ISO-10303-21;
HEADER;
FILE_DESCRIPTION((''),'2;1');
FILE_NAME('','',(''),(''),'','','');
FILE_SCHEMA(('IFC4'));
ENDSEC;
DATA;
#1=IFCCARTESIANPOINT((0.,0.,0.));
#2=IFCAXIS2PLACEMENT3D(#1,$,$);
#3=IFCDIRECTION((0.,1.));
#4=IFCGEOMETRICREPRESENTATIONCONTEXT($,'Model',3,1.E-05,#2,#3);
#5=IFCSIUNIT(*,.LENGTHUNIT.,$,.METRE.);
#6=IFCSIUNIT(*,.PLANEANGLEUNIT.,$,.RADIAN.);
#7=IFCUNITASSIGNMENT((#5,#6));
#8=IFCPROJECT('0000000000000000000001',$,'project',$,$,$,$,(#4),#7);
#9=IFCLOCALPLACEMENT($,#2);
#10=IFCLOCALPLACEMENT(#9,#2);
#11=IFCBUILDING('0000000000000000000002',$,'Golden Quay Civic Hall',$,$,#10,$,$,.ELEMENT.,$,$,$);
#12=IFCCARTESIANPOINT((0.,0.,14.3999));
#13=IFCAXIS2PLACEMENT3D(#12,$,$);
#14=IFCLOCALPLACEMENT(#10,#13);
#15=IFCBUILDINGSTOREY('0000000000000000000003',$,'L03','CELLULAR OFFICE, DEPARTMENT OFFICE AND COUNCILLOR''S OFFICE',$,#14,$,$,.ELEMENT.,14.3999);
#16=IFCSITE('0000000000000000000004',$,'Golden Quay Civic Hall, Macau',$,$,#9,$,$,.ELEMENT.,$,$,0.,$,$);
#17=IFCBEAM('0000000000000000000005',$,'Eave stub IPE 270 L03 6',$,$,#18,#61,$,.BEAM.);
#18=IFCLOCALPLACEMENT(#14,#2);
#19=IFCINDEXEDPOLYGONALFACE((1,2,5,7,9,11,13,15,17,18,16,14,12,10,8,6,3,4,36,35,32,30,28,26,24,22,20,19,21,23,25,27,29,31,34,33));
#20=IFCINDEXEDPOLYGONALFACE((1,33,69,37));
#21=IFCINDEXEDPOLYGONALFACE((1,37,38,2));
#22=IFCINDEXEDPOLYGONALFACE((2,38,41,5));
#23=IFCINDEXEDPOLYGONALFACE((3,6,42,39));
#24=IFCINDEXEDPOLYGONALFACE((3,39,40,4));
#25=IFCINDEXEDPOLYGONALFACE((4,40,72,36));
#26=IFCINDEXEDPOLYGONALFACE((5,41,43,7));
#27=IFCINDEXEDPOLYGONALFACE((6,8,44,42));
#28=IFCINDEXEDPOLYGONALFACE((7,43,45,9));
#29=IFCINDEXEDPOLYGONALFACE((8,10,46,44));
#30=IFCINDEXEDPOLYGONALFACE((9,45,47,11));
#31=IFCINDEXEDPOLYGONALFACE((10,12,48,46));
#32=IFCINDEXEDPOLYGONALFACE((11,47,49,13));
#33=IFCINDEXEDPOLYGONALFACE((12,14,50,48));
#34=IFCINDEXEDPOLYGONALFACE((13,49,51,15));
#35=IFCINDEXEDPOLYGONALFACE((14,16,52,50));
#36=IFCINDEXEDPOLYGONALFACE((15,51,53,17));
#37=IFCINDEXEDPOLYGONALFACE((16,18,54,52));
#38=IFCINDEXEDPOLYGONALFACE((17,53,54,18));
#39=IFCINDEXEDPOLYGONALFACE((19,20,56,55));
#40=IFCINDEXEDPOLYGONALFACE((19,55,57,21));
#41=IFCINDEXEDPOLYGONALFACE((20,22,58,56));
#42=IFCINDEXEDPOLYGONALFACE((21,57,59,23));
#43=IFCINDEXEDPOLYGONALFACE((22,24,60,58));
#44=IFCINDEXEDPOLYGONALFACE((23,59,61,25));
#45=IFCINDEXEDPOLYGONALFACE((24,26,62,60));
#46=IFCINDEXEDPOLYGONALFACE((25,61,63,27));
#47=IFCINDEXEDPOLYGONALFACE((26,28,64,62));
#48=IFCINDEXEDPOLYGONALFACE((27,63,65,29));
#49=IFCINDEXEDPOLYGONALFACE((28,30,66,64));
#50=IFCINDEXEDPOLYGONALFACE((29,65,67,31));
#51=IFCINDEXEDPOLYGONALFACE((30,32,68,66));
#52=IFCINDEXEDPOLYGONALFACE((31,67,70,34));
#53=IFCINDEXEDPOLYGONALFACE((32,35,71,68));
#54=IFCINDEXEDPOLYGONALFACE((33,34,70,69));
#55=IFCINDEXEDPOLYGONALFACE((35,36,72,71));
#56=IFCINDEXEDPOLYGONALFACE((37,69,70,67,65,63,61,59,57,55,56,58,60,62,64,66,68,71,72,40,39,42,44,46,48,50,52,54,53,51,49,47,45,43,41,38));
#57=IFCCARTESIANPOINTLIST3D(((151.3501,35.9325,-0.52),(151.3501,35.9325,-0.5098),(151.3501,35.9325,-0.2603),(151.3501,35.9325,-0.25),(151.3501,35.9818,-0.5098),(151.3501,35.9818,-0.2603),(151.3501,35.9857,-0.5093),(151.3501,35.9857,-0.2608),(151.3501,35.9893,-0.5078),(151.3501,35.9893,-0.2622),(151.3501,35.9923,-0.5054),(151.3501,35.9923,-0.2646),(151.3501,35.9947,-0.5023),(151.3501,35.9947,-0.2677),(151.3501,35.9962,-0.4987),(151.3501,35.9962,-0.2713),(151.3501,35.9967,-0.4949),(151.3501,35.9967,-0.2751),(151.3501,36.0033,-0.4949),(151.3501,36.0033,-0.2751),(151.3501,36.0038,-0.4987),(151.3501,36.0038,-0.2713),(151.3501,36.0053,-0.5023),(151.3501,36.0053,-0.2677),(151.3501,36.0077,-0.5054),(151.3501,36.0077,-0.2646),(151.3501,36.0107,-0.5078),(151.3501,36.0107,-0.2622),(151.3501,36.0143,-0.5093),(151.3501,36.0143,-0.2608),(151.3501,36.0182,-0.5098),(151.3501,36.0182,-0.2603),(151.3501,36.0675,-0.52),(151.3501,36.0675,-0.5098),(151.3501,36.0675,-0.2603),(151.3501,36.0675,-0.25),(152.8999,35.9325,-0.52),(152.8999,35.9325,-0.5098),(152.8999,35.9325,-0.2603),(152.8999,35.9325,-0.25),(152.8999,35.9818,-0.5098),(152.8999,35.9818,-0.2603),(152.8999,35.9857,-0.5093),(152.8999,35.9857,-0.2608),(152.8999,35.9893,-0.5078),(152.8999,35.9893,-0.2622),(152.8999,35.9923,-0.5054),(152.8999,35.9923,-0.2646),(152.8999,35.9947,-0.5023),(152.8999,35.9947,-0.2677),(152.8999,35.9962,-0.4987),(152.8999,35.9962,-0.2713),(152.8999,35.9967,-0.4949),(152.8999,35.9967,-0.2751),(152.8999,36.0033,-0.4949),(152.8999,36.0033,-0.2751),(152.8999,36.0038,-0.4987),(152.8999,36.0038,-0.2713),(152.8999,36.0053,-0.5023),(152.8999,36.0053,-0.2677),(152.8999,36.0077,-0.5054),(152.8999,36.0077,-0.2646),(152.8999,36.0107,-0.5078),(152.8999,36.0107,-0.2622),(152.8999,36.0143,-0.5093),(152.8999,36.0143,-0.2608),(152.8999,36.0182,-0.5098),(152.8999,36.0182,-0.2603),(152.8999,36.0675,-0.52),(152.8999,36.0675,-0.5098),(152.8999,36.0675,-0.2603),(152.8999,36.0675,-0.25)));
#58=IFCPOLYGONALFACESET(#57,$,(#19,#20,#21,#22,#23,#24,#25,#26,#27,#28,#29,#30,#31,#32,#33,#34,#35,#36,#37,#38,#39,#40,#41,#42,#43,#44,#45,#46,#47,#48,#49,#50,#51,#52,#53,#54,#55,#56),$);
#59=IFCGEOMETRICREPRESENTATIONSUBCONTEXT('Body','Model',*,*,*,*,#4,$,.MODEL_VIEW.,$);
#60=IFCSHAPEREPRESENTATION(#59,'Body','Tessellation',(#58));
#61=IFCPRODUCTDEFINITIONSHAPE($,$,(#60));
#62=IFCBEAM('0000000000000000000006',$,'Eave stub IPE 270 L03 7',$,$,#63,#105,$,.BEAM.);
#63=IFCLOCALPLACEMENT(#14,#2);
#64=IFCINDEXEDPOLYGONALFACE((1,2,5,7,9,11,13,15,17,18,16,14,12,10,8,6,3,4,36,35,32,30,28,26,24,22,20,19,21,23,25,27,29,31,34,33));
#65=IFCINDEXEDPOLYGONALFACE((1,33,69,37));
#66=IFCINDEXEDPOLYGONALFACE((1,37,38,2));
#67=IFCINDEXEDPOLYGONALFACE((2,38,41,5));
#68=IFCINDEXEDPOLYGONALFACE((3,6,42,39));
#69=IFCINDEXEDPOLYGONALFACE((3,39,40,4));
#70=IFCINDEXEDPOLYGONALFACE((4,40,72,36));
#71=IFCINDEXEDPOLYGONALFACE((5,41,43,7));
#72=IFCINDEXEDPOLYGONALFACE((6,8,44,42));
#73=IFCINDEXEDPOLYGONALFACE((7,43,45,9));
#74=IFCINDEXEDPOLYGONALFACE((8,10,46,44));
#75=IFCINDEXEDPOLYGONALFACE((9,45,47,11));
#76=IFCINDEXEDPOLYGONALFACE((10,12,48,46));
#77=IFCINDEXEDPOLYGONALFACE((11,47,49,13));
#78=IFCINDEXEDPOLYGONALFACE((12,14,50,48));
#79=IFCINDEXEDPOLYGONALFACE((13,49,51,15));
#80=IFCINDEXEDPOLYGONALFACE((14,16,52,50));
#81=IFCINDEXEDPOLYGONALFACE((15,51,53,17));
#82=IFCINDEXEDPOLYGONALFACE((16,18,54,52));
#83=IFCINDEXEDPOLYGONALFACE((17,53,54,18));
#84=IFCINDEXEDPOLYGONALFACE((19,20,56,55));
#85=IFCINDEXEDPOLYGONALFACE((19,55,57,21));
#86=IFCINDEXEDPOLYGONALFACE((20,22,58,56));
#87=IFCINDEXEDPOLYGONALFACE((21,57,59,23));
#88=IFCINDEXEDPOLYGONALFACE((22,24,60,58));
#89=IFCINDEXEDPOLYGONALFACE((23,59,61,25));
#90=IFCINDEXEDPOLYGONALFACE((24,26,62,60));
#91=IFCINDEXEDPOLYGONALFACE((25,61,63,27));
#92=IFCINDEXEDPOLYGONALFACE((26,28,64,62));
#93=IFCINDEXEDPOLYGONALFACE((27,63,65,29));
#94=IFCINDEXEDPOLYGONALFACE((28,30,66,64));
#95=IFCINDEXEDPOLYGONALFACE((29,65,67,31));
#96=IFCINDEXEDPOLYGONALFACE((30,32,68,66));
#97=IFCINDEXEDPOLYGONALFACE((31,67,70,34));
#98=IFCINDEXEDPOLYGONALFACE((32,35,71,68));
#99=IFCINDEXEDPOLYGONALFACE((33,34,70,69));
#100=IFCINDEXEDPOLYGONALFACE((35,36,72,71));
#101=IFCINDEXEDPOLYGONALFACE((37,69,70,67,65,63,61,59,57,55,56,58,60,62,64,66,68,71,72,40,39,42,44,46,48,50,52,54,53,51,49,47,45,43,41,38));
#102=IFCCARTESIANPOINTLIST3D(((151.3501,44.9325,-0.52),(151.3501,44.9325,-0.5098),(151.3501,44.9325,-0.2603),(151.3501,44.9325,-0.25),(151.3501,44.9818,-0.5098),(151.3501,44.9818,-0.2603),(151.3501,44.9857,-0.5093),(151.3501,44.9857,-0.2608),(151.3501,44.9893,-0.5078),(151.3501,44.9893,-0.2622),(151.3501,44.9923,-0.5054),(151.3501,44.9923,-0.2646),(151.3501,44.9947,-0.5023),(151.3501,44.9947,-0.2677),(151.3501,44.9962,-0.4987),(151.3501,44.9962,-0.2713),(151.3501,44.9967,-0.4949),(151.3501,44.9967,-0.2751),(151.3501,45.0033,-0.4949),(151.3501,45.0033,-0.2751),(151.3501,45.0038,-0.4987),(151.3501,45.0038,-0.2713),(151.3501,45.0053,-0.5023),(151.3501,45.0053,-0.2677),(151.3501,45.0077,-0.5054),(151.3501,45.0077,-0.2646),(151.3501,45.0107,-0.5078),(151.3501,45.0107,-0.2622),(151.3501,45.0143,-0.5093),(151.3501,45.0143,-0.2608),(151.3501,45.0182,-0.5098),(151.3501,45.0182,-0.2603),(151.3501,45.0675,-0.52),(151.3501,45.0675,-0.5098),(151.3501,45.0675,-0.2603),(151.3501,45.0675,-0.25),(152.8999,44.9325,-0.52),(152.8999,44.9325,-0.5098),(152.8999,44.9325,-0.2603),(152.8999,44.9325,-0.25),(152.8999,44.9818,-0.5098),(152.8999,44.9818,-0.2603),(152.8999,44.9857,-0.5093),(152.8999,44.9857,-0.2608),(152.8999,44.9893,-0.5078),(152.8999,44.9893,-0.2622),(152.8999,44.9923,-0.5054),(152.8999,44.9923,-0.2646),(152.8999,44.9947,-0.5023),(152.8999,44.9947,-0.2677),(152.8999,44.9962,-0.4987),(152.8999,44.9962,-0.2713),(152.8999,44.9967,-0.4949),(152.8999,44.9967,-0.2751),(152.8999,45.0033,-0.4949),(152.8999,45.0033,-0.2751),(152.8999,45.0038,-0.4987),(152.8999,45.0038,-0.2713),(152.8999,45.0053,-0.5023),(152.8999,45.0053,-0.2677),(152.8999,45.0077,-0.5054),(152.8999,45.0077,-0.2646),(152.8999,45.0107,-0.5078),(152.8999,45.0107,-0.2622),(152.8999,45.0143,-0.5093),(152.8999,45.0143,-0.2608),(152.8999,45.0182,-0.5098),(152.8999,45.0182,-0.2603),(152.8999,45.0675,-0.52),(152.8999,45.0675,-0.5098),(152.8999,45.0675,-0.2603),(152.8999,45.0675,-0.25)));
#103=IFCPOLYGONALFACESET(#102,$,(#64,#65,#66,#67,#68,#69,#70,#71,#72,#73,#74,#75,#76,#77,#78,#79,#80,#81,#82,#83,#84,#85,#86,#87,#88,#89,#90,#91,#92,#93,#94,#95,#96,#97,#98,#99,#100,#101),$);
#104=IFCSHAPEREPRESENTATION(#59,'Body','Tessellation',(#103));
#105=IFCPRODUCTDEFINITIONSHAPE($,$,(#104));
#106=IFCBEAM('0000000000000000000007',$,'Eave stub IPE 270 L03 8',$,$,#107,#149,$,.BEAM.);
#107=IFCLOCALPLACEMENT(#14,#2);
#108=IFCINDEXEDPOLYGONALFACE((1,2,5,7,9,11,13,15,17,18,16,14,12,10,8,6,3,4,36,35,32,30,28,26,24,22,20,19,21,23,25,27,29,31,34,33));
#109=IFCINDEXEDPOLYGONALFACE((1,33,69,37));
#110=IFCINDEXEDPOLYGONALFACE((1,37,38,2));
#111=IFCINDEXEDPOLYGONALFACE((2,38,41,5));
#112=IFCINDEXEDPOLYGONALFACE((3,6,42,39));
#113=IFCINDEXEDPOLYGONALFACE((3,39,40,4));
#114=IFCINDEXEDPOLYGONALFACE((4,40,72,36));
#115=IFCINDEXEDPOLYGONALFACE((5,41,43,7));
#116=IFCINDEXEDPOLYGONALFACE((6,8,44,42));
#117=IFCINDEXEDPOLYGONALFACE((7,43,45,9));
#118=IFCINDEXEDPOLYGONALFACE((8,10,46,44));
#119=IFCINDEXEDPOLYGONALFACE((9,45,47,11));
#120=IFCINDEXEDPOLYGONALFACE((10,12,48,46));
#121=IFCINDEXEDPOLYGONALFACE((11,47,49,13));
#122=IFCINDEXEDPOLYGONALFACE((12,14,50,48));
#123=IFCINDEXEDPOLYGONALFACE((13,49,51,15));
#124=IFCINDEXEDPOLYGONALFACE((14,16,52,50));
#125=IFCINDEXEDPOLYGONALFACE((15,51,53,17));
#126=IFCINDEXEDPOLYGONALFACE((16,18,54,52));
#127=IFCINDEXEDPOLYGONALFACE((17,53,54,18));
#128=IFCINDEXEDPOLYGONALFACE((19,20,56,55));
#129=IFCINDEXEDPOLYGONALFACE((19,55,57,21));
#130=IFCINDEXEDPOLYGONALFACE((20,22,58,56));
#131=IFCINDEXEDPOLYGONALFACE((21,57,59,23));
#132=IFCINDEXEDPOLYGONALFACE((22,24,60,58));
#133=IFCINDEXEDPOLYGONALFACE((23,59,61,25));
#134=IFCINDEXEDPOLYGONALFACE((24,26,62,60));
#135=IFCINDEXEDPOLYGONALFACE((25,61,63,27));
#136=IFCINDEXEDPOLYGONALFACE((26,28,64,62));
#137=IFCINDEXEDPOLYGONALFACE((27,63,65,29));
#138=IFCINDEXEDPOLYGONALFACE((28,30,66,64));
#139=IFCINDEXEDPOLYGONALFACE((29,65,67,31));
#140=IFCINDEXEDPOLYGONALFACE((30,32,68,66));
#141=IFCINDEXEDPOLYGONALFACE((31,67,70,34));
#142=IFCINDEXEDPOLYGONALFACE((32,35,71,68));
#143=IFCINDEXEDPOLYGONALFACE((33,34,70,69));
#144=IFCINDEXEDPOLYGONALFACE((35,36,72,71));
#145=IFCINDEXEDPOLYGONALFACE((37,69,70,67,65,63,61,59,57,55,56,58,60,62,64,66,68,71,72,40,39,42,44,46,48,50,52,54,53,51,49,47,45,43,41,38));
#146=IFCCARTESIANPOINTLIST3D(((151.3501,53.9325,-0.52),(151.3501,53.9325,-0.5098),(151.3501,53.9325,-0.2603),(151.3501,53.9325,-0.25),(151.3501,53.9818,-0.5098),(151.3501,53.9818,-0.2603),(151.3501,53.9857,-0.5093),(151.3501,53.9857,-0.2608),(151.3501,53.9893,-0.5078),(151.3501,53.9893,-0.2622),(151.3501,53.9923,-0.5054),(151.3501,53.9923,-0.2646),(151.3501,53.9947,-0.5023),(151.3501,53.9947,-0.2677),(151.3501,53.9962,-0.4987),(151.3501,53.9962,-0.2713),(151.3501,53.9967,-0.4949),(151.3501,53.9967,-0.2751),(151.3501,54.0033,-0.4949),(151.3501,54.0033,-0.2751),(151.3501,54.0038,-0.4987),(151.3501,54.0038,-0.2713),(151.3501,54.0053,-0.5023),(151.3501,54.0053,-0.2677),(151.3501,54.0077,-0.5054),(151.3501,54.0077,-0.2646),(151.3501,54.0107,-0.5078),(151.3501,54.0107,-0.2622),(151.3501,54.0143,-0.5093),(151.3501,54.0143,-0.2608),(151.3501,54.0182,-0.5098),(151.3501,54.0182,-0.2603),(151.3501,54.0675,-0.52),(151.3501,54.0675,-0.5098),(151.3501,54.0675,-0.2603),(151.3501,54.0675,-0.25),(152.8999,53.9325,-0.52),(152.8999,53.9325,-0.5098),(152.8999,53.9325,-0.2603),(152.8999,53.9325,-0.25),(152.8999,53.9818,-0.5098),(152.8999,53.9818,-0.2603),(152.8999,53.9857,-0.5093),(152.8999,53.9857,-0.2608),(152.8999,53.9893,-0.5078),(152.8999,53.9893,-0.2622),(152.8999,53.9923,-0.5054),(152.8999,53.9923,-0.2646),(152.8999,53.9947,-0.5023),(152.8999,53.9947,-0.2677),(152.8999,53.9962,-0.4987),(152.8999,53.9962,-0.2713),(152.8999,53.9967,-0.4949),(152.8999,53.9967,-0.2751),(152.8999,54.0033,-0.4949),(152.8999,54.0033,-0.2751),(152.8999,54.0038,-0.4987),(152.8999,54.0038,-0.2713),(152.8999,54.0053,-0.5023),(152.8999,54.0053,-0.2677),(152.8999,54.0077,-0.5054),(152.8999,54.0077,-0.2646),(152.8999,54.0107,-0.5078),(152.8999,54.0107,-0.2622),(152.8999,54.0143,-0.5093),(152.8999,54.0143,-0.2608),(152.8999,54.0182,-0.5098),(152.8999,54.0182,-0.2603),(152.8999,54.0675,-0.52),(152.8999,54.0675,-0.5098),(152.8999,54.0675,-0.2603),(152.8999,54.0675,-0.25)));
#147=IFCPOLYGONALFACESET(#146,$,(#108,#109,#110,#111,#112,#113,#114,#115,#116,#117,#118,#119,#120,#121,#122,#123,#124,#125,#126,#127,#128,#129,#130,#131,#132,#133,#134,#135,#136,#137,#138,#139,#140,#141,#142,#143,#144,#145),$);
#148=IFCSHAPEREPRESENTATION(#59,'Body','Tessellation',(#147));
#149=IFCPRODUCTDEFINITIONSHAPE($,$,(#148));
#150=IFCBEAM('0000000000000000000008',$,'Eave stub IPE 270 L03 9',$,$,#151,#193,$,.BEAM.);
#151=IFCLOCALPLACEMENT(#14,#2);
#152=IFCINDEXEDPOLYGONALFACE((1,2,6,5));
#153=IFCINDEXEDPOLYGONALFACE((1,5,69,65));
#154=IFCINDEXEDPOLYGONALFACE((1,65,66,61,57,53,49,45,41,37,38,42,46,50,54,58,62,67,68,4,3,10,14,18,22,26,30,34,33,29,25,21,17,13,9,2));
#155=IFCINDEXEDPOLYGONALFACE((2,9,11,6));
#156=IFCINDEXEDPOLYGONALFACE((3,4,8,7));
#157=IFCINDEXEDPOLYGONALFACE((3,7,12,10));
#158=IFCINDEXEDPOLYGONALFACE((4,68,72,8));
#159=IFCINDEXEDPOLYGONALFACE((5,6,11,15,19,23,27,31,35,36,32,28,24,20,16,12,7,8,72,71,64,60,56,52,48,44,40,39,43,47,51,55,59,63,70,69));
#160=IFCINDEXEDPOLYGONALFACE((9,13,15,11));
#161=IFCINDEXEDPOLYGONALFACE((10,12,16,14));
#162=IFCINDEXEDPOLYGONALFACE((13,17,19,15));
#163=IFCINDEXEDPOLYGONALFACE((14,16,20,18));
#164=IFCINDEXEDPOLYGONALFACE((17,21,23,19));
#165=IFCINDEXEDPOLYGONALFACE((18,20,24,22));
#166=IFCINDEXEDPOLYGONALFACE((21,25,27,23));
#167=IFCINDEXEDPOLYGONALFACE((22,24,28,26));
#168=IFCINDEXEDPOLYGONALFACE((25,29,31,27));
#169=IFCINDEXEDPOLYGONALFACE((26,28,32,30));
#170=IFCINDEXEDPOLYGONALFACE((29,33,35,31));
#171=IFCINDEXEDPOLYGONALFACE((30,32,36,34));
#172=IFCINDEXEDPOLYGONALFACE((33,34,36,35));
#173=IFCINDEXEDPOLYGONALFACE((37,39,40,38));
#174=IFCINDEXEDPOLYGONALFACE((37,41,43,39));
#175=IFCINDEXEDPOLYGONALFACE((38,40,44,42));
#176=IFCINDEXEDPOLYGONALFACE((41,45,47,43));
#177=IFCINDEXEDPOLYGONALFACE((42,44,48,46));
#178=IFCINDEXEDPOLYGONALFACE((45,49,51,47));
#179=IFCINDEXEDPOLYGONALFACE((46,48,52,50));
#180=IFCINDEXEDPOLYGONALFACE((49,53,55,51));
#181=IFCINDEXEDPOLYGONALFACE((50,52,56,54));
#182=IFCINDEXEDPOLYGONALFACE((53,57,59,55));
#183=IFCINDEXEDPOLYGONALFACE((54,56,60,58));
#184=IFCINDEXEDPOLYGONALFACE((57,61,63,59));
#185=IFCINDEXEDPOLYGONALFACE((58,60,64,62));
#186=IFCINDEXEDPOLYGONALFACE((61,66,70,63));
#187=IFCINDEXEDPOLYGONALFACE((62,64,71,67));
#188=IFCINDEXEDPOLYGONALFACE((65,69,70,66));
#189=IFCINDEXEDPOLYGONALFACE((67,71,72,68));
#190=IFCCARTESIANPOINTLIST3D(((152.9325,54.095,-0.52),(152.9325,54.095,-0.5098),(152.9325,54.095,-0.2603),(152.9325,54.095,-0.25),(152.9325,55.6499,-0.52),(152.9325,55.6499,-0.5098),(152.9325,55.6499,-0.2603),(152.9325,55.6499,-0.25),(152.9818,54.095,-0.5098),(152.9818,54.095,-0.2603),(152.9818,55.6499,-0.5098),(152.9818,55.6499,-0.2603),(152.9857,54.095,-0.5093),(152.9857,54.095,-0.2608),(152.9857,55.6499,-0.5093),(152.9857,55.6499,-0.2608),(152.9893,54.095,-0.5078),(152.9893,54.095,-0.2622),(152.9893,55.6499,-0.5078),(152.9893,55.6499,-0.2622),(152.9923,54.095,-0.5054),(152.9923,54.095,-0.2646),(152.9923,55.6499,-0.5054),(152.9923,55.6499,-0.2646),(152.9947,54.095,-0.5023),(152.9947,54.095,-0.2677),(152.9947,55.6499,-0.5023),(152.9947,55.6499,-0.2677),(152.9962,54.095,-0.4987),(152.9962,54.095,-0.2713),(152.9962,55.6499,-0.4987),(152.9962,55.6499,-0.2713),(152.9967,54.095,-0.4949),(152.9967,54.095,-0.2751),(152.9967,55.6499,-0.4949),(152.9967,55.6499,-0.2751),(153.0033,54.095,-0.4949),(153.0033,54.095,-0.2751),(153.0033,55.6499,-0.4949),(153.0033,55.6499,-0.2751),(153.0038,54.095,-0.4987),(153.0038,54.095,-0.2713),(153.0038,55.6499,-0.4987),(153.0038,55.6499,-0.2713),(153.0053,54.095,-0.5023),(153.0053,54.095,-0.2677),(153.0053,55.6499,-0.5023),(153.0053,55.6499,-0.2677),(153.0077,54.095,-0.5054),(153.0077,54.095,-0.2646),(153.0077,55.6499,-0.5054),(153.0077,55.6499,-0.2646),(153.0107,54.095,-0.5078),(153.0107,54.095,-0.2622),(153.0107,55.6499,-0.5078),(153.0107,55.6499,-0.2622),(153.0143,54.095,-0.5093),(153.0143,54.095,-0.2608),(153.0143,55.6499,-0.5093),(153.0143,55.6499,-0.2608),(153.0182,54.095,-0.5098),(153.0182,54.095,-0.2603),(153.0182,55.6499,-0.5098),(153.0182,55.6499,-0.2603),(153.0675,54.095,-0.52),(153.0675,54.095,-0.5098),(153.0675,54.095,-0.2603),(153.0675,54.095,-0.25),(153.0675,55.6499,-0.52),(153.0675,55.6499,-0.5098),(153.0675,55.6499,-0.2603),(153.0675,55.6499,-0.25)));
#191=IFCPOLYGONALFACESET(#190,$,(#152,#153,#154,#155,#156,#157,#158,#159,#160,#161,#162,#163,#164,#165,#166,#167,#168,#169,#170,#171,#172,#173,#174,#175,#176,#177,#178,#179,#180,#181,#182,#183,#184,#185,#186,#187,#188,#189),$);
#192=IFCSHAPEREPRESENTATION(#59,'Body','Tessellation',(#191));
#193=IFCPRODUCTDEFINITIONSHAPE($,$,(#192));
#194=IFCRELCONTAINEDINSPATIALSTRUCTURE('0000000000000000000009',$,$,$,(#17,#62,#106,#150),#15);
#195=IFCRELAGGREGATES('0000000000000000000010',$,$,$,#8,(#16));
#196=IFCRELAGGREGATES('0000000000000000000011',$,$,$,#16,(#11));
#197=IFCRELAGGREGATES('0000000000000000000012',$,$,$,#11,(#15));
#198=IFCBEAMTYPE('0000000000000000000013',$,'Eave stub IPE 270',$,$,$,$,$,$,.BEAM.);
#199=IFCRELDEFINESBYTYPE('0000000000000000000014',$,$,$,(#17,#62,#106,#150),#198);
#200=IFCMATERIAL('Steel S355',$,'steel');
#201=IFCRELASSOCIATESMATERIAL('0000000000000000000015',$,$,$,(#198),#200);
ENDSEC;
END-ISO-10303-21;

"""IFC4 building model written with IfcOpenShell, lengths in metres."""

from ifc_helpers import new_model, si_unit, direction, frame, origin, origin_2d, place, context, subcontext, project, spatial, i_section, extrude, material, material_profile, profile_set, type_object, element, save


model = new_model("IFC4")

# Units and contexts
model_context = context("Model", 3, precision=1e-05, world=origin(), true_north=direction((0.0, 1.0)))
body_context = subcontext(model_context, "Body", "Model", "MODEL_VIEW")
ifc_project = project(units=[si_unit("LENGTHUNIT", "METRE"), si_unit("PLANEANGLEUNIT", "RADIAN")], contexts=[model_context])

# Site, building, storey
site_placement = place(None, origin())
site = spatial("IfcSite", under=ifc_project, at=site_placement, Name="Golden Quay Civic Hall, Macau", CompositionType="ELEMENT", RefElevation=0.0)
building_placement = place(site_placement, origin())
building = spatial("IfcBuilding", under=site, at=building_placement, Name="Golden Quay Civic Hall", CompositionType="ELEMENT")
storey_placement = place(building_placement, frame((0.0, 0.0, 14.3999)))
storey = spatial("IfcBuildingStorey", under=building, at=storey_placement, Name="L03", Description="CELLULAR OFFICE, DEPARTMENT OFFICE AND COUNCILLOR'S OFFICE", CompositionType="ELEMENT", Elevation=14.3999)

# Beams
ifc_material_1 = material(Name="Steel S355", Category="steel")
ifc_material_profile_1 = material_profile(ifc_material_1, i_section(OverallWidth=0.135, OverallDepth=0.27, WebThickness=0.0066, FlangeThickness=0.0103, FilletRadius=0.0149, at=origin_2d()), Name="IPE 270")
ifc_profile_set_1 = profile_set([ifc_material_profile_1], Name="Steel S355")
beam_type_1 = type_object("IfcBeamType", Name="Eave stub IPE 270", PredefinedType="BEAM", material=ifc_profile_set_1)
for number, where, z_axis, x_axis, name in (
    (1, (152.8999, 36.0, -0.385), (-1.0, 0.0, 0.0), (0.0, -1.0, 0.0), "Eave stub IPE 270 L03 6"),
    (2, (152.8999, 45.0, -0.385), (-1.0, 0.0, 0.0), (0.0, -1.0, 0.0), "Eave stub IPE 270 L03 7"),
    (3, (152.8999, 54.0, -0.385), (-1.0, 0.0, 0.0), (0.0, -1.0, 0.0), "Eave stub IPE 270 L03 8"),
):
    element("IfcBeam", number, at=place(storey_placement, frame(where, z_axis=z_axis, x_axis=x_axis)), inside=storey, type_object=beam_type_1, Name=name, PredefinedType="BEAM", context=body_context, shape_type="SweptSolid", body=[
        extrude(i_section(OverallWidth=0.135, OverallDepth=0.27, WebThickness=0.0066, FlangeThickness=0.0103, FilletRadius=0.0149, at=origin_2d()), origin(), (0.0, 0.0, 1.0), 1.5498),
    ])
beam_1_placement = place(storey_placement, frame((153.0, 54.095, -0.385), z_axis=(0.0, 1.0, 0.0), x_axis=(-1.0, 0.0, 0.0)))
element("IfcBeam", 4, at=beam_1_placement, inside=storey, type_object=beam_type_1, Name="Eave stub IPE 270 L03 9", PredefinedType="BEAM", context=body_context, shape_type="SweptSolid", body=[
    extrude(i_section(OverallWidth=0.135, OverallDepth=0.27, WebThickness=0.0066, FlangeThickness=0.0103, FilletRadius=0.0149, at=origin_2d()), origin(), (0.0, 0.0, 1.0), 1.5549),
])

save(model, "model.ifc")
